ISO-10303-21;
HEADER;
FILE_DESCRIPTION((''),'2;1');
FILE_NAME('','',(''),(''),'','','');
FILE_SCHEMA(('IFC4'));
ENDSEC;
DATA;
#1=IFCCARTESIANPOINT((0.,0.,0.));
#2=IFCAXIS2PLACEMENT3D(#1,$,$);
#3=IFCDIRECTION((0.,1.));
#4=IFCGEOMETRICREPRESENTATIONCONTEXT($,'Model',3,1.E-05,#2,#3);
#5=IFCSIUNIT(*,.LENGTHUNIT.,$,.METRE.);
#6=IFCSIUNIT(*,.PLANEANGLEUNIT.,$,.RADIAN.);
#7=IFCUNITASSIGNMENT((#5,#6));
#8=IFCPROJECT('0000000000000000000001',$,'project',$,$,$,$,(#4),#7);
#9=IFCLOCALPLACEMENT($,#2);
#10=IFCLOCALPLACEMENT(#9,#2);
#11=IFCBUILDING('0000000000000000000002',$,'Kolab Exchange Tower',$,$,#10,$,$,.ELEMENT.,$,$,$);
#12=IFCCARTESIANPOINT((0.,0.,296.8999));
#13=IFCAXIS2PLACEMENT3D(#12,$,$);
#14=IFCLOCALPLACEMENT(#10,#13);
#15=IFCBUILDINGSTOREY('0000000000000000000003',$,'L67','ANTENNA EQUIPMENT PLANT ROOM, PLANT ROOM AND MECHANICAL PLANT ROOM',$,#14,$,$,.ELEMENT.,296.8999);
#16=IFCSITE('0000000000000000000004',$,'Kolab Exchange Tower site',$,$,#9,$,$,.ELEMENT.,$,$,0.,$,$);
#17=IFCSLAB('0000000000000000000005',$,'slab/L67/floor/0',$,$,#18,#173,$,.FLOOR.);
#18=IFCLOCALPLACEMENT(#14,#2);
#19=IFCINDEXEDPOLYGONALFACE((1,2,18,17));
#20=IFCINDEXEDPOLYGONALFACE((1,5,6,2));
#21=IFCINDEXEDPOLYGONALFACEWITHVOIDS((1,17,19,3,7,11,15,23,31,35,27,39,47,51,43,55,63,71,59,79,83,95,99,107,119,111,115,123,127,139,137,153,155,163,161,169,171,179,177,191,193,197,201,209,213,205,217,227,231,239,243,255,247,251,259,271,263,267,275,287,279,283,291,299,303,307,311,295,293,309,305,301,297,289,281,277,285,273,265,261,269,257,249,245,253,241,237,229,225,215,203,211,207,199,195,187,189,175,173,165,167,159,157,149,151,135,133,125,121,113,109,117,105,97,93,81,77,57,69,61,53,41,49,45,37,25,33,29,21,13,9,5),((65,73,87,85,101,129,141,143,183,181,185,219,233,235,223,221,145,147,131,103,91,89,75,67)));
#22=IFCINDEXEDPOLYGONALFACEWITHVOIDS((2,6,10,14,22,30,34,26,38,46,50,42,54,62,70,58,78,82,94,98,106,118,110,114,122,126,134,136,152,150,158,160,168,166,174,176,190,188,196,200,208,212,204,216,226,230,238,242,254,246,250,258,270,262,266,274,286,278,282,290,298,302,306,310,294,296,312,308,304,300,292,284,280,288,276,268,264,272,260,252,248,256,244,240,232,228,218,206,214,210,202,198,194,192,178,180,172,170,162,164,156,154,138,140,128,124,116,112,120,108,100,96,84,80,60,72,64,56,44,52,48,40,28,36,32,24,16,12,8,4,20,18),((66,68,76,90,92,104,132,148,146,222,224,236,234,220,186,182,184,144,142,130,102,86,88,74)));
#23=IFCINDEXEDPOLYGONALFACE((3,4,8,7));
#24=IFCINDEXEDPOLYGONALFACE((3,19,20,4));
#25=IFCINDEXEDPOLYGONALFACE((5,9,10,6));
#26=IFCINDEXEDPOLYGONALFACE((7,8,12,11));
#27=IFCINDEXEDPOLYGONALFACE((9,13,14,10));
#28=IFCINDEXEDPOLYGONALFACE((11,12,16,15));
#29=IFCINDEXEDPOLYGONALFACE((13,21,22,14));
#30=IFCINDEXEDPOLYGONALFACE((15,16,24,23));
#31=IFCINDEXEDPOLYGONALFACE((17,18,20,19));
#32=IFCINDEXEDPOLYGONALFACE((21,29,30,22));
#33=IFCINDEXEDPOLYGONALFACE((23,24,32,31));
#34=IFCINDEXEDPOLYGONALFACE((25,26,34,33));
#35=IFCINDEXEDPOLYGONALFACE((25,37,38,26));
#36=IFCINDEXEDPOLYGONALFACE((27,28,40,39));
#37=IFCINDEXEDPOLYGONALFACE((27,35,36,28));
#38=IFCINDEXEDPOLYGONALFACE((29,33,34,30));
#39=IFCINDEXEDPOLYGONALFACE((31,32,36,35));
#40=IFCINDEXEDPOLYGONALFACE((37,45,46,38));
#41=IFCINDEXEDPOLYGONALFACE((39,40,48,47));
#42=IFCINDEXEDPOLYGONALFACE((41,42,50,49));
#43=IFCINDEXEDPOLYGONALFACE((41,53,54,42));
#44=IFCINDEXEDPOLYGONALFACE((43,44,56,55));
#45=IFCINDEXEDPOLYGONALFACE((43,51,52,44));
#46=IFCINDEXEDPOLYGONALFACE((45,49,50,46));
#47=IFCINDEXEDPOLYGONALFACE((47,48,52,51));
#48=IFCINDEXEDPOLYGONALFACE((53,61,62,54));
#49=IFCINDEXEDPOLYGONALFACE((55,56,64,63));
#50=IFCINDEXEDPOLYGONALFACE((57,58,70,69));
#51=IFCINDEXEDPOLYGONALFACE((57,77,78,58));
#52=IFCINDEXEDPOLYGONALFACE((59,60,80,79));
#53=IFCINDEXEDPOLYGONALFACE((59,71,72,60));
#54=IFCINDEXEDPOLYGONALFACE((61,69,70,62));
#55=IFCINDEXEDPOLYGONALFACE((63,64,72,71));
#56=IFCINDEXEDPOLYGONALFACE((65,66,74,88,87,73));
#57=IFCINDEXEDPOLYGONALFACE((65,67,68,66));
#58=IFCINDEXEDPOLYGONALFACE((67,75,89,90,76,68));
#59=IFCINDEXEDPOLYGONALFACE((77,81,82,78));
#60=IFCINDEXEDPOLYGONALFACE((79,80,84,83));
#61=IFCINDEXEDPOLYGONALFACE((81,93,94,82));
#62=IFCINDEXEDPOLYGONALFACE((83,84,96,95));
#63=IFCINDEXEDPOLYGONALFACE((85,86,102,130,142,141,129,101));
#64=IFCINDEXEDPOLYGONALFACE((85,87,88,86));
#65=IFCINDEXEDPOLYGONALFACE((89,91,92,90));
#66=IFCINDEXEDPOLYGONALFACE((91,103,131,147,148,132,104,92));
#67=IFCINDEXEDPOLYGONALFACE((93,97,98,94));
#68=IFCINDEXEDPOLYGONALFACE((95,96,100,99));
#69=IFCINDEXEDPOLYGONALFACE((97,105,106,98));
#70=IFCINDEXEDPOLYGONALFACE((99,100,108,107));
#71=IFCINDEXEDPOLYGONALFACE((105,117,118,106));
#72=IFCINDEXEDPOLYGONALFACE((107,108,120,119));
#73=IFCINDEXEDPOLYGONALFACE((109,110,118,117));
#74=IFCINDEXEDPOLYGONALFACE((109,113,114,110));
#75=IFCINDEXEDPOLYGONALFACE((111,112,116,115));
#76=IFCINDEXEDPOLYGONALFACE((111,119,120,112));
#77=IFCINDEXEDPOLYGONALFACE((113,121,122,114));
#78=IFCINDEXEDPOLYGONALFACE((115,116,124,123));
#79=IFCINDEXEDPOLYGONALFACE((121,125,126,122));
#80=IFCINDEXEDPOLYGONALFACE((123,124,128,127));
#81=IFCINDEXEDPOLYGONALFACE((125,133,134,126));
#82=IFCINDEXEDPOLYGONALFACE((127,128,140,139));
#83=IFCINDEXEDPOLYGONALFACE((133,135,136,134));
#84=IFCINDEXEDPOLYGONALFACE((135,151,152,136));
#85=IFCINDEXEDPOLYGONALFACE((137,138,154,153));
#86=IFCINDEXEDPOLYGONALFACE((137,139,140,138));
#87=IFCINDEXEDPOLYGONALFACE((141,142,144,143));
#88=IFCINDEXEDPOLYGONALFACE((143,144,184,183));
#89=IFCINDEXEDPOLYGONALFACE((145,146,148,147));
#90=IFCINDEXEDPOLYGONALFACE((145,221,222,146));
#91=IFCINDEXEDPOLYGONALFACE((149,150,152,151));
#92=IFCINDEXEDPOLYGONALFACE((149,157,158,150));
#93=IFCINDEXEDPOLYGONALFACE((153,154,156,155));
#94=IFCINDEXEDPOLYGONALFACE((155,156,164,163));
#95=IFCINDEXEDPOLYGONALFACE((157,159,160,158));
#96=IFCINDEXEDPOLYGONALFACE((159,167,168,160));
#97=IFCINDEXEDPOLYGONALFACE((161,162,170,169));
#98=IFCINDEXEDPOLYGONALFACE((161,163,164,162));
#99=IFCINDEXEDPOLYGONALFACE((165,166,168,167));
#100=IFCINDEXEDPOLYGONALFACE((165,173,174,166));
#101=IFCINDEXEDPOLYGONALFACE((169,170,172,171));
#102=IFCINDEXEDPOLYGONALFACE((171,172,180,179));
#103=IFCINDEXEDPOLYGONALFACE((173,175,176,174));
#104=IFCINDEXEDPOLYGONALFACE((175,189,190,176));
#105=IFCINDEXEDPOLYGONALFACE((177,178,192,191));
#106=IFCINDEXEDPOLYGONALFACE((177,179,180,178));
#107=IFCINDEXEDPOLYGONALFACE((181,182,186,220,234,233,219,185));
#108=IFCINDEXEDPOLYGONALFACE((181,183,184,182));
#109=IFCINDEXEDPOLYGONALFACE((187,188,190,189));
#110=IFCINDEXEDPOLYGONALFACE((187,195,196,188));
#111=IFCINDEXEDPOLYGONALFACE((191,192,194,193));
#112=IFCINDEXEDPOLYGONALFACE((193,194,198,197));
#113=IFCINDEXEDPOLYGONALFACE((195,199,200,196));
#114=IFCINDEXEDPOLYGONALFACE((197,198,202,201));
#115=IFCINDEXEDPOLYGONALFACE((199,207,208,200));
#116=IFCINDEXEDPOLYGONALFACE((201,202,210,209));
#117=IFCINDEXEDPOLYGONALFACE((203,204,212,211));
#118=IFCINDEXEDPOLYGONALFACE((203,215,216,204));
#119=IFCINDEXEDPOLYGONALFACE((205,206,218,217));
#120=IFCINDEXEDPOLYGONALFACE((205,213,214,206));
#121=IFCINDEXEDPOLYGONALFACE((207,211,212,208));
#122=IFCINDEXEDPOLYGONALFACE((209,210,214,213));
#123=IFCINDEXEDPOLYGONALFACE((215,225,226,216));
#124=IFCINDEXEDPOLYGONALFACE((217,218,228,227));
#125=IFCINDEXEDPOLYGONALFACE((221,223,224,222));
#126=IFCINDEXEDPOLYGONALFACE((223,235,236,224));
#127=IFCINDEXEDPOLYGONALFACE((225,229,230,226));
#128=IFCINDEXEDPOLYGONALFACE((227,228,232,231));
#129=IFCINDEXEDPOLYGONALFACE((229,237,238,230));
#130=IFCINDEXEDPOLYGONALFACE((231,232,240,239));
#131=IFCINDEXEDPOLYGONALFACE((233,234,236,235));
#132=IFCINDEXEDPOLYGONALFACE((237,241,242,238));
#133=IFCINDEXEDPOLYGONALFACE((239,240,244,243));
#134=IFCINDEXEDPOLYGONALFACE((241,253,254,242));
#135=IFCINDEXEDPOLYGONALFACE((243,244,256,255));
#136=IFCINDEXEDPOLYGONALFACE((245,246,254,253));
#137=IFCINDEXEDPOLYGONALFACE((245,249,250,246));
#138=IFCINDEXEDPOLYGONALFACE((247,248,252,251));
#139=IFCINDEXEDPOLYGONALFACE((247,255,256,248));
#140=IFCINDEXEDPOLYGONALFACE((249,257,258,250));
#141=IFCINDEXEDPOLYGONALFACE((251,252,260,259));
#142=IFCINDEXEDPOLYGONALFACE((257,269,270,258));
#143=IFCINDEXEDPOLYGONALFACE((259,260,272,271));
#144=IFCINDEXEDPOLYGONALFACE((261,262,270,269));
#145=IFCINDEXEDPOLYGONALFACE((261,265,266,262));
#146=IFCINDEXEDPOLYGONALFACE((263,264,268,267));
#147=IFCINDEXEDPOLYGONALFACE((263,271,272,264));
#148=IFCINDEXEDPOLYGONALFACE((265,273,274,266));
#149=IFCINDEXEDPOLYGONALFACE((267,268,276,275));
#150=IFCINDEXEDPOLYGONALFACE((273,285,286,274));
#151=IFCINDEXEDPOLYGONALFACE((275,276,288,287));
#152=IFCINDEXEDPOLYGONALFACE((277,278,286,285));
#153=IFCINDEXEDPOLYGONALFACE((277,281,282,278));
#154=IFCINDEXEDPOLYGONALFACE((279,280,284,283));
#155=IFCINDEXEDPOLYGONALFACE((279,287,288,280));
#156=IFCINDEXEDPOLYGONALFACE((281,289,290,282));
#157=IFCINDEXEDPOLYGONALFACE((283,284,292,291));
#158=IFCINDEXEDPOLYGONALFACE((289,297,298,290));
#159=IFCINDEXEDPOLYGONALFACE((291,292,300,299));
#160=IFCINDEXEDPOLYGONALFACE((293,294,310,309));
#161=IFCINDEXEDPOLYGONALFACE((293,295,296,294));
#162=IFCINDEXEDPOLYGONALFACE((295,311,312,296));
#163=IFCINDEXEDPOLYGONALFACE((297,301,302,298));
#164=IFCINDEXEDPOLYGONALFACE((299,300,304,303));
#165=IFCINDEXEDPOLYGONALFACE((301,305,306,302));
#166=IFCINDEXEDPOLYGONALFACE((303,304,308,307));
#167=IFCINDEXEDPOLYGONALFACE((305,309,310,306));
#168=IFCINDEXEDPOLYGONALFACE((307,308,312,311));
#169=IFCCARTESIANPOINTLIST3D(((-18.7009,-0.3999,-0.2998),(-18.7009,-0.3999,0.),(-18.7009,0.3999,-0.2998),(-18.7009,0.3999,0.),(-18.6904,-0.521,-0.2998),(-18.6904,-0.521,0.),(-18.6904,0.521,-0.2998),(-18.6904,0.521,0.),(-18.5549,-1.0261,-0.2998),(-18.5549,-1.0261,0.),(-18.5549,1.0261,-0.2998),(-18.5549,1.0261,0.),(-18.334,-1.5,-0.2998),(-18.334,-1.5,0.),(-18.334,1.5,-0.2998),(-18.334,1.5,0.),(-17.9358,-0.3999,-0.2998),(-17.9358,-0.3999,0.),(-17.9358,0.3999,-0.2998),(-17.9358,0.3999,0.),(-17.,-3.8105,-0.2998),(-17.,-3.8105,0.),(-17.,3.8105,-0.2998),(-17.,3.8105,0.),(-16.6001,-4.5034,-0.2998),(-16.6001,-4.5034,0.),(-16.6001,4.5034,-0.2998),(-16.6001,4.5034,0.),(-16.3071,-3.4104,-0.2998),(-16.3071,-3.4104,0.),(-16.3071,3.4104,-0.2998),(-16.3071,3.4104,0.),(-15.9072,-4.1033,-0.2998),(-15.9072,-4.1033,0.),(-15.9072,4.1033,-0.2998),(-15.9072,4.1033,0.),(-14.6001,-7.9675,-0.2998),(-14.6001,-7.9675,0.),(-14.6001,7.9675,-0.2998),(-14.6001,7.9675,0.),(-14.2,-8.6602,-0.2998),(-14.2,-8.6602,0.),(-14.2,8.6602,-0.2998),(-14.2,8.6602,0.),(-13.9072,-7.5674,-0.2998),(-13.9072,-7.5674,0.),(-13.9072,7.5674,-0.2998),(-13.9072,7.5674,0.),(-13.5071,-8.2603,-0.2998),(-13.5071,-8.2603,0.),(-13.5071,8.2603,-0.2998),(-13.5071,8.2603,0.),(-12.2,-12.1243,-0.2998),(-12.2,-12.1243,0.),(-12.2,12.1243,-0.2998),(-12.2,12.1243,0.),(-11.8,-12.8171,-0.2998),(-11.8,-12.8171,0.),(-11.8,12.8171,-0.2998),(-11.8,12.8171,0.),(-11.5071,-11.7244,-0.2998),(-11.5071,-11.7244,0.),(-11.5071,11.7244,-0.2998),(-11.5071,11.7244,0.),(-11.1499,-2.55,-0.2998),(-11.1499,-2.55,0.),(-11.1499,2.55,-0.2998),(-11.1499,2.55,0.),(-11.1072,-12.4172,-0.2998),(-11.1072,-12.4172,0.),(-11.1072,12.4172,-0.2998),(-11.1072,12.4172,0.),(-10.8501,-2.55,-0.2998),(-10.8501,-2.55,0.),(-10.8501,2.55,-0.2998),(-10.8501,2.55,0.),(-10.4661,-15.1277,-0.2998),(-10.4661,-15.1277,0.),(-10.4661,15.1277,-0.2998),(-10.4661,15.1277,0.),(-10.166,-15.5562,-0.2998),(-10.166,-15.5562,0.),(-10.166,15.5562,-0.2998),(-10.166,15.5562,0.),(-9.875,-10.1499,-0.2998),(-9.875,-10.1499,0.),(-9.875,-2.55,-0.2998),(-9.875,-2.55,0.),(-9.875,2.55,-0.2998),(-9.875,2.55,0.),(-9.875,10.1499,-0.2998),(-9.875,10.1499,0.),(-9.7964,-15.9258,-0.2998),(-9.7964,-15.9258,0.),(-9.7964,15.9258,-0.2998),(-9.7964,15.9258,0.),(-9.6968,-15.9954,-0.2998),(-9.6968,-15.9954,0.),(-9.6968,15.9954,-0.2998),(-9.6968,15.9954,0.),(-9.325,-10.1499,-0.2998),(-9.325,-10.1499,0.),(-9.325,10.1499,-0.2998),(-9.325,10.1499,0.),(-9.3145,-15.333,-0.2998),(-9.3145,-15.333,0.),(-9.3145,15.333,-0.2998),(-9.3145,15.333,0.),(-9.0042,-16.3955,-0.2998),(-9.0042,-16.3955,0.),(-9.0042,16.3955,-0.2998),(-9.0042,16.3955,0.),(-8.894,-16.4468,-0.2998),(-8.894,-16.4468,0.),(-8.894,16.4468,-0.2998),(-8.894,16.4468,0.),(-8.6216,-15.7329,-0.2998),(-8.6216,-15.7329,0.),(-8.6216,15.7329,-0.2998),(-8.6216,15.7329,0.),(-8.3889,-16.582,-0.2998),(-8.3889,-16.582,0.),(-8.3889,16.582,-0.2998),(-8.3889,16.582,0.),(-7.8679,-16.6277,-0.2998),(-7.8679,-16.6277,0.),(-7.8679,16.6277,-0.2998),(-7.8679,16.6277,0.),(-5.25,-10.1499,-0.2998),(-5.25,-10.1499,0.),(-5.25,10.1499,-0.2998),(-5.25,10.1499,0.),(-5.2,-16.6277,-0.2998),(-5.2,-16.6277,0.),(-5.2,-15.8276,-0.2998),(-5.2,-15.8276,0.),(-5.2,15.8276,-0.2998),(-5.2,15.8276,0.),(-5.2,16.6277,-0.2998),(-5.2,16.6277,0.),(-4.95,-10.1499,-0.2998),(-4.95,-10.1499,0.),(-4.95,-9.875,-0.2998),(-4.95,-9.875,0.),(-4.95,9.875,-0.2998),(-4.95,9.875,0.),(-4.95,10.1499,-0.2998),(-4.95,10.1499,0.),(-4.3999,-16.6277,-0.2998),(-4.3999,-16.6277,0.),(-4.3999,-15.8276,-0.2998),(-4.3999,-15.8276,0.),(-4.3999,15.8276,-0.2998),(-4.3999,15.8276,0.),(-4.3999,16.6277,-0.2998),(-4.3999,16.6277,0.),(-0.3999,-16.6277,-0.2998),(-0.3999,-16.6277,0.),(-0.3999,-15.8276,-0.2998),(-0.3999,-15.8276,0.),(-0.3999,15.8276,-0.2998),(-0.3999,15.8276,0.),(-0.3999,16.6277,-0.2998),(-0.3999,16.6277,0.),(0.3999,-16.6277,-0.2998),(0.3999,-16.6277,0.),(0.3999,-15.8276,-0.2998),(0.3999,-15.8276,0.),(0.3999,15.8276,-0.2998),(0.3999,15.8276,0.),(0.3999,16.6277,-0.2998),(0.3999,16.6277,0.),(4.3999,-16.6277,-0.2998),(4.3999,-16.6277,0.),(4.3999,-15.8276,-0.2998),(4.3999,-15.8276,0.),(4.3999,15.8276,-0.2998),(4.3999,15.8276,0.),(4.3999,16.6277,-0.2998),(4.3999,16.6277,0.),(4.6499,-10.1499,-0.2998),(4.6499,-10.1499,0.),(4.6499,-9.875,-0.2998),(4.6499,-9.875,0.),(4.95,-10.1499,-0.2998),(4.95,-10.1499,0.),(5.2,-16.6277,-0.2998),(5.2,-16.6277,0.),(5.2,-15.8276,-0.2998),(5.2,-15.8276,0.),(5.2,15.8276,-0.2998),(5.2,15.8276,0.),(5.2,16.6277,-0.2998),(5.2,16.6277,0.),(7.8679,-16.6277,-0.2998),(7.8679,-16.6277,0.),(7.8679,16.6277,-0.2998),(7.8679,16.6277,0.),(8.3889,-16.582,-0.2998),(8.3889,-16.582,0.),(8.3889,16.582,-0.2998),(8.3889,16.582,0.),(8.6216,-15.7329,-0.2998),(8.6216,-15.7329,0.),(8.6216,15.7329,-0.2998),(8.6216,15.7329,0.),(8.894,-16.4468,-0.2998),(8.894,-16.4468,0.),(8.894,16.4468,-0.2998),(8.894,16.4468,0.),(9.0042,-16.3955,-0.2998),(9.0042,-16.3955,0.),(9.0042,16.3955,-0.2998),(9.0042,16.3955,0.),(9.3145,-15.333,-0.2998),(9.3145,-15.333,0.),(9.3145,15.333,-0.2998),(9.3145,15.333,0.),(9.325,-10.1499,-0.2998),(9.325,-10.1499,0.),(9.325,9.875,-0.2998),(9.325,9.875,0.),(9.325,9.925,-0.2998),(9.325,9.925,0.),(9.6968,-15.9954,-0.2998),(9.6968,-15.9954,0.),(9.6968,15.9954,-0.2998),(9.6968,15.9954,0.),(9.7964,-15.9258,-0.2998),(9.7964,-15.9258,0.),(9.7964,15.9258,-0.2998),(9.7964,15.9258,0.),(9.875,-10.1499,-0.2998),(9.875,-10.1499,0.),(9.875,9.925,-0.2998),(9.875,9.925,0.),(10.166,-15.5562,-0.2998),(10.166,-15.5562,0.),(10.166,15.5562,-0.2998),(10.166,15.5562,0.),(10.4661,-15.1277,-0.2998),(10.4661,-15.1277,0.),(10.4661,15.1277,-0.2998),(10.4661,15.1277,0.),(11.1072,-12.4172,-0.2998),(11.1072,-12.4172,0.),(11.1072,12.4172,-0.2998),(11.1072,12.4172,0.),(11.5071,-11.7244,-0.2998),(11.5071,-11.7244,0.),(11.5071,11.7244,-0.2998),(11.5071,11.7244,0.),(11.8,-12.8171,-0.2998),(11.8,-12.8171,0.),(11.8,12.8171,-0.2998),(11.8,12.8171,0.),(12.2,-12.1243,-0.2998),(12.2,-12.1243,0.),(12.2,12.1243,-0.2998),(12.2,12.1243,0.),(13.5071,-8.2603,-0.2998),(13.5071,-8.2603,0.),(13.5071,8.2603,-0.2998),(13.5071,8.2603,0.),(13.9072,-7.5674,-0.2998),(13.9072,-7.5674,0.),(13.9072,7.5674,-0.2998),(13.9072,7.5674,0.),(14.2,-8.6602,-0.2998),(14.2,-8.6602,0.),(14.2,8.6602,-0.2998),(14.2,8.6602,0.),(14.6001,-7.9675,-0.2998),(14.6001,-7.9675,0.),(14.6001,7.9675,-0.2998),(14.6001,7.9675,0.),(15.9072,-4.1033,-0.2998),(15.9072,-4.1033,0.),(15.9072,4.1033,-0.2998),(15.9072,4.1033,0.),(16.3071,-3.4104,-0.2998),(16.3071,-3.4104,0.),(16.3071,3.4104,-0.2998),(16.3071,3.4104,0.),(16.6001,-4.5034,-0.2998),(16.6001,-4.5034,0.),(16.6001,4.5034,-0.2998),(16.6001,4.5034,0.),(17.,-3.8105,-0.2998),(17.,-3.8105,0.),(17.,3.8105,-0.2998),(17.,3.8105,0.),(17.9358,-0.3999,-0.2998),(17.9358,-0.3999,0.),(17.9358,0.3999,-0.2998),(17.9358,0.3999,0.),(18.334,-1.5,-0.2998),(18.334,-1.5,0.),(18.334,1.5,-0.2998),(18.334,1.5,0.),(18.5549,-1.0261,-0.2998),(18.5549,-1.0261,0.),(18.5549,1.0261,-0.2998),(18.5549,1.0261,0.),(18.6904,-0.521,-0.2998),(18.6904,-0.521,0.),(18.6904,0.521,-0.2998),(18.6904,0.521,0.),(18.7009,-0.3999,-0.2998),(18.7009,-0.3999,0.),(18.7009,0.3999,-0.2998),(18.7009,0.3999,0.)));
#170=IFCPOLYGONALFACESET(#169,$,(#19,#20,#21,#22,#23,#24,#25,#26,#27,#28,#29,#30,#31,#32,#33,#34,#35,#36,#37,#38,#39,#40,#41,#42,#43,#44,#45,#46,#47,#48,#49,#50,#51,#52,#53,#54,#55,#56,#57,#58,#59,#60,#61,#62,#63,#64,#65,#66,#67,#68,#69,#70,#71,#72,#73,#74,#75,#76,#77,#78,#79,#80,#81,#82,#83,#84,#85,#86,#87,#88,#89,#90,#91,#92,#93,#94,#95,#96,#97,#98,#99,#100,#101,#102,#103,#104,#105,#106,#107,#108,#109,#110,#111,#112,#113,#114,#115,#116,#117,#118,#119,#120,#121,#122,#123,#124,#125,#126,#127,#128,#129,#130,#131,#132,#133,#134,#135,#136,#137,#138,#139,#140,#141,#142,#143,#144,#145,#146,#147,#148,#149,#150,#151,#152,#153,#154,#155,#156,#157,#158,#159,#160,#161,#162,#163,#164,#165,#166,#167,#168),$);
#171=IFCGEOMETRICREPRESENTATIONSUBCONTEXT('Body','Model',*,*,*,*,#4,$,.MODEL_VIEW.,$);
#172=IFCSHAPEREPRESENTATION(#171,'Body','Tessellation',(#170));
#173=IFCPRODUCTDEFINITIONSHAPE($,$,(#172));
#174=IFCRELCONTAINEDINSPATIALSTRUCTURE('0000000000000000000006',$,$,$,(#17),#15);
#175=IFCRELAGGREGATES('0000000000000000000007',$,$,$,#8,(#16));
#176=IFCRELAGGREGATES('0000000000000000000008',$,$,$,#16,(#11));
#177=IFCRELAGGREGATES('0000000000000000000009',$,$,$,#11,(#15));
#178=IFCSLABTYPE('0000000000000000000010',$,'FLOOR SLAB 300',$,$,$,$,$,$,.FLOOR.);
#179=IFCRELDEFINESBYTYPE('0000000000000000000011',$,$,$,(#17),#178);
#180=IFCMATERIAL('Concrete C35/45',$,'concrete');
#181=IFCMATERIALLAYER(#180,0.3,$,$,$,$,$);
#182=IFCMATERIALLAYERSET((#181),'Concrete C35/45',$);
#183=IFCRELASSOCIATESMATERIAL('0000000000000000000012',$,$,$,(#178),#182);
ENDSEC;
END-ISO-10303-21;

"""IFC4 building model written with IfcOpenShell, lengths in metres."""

from ifc_helpers import new_model, si_unit, direction, frame, origin, place, context, subcontext, project, spatial, polyline, outline, extrude, material, layer, layer_set, type_object, element, save


model = new_model("IFC4")

# Units and contexts
model_context = context("Model", 3, precision=1e-05, world=origin(), true_north=direction((0.0, 1.0)))
body_context = subcontext(model_context, "Body", "Model", "MODEL_VIEW")
ifc_project = project(units=[si_unit("LENGTHUNIT", "METRE"), si_unit("PLANEANGLEUNIT", "RADIAN")], contexts=[model_context])

# Site, building, storey
site_placement = place(None, origin())
site = spatial("IfcSite", under=ifc_project, at=site_placement, Name="Kolab Exchange Tower site", CompositionType="ELEMENT", RefElevation=0.0)
building_placement = place(site_placement, origin())
building = spatial("IfcBuilding", under=site, at=building_placement, Name="Kolab Exchange Tower", CompositionType="ELEMENT")
storey_placement = place(building_placement, frame((0.0, 0.0, 296.8999)))
storey = spatial("IfcBuildingStorey", under=building, at=storey_placement, Name="L67", Description="ANTENNA EQUIPMENT PLANT ROOM, PLANT ROOM AND MECHANICAL PLANT ROOM", CompositionType="ELEMENT", Elevation=296.8999)

# Slab
ifc_material_1 = material(Name="Concrete C35/45", Category="concrete")
ifc_layer_1 = layer(ifc_material_1, 0.3)
ifc_layer_set_1 = layer_set([ifc_layer_1], Name="Concrete C35/45")
slab_type = type_object("IfcSlabType", Name="FLOOR SLAB 300", PredefinedType="FLOOR", material=ifc_layer_set_1)
slab_1_placement = place(storey_placement, frame((0.0, 0.0, -0.2998)))
element("IfcSlab", 1, at=slab_1_placement, inside=storey, type_object=slab_type, Name="slab/L67/floor/0", PredefinedType="FLOOR", context=body_context, shape_type="SweptSolid", body=[
    extrude(outline(polyline([(18.6904, -0.521), (18.7009, -0.3999), (17.9358, -0.3999), (17.9358, 0.3999), (18.7009, 0.3999), (18.6904, 0.521), (18.5549, 1.0261), (18.334, 1.5), (17.0, 3.8105), (16.3071, 3.4104), (15.9072, 4.1033), (16.6001, 4.5034), (14.6001, 7.9675), (13.9072, 7.5674), (13.5071, 8.2603), (14.2, 8.6602), (12.2, 12.1243), (11.5071, 11.7244), (11.1072, 12.4172), (11.8, 12.8171), (10.4661, 15.1277), (10.166, 15.5562), (9.7964, 15.9258), (9.6968, 15.9954), (9.3145, 15.333), (8.6216, 15.7329), (9.0042, 16.3955), (8.894, 16.4468), (8.3889, 16.582), (7.8679, 16.6277), (5.2, 16.6277), (5.2, 15.8276), (4.3999, 15.8276), (4.3999, 16.6277), (0.3999, 16.6277), (0.3999, 15.8276), (-0.3999, 15.8276), (-0.3999, 16.6277), (-4.3999, 16.6277), (-4.3999, 15.8276), (-5.2, 15.8276), (-5.2, 16.6277), (-7.8679, 16.6277), (-8.3889, 16.582), (-8.894, 16.4468), (-9.0042, 16.3955), (-8.6216, 15.7329), (-9.3145, 15.333), (-9.6968, 15.9954), (-9.7964, 15.9258), (-10.166, 15.5562), (-10.4661, 15.1277), (-11.8, 12.8171), (-11.1072, 12.4172), (-11.5071, 11.7244), (-12.2, 12.1243), (-14.2, 8.6602), (-13.5071, 8.2603), (-13.9072, 7.5674), (-14.6001, 7.9675), (-16.6001, 4.5034), (-15.9072, 4.1033), (-16.3071, 3.4104), (-17.0, 3.8105), (-18.334, 1.5), (-18.5549, 1.0261), (-18.6904, 0.521), (-18.7009, 0.3999), (-17.9358, 0.3999), (-17.9358, -0.3999), (-18.7009, -0.3999), (-18.6904, -0.521), (-18.5549, -1.0261), (-18.334, -1.5), (-17.0, -3.8105), (-16.3071, -3.4104), (-15.9072, -4.1033), (-16.6001, -4.5034), (-14.6001, -7.9675), (-13.9072, -7.5674), (-13.5071, -8.2603), (-14.2, -8.6602), (-12.2, -12.1243), (-11.5071, -11.7244), (-11.1072, -12.4172), (-11.8, -12.8171), (-10.4661, -15.1277), (-10.166, -15.5562), (-9.7964, -15.9258), (-9.6968, -15.9954), (-9.3145, -15.333), (-8.6216, -15.7329), (-9.0042, -16.3955), (-8.894, -16.4468), (-8.3889, -16.582), (-7.8679, -16.6277), (-5.2, -16.6277), (-5.2, -15.8276), (-4.3999, -15.8276), (-4.3999, -16.6277), (-0.3999, -16.6277), (-0.3999, -15.8276), (0.3999, -15.8276), (0.3999, -16.6277), (4.3999, -16.6277), (4.3999, -15.8276), (5.2, -15.8276), (5.2, -16.6277), (7.8679, -16.6277), (8.3889, -16.582), (8.894, -16.4468), (9.0042, -16.3955), (8.6216, -15.7329), (9.3145, -15.333), (9.6968, -15.9954), (9.7964, -15.9258), (10.166, -15.5562), (10.4661, -15.1277), (11.8, -12.8171), (11.1072, -12.4172), (11.5071, -11.7244), (12.2, -12.1243), (14.2, -8.6602), (13.5071, -8.2603), (13.9072, -7.5674), (14.6001, -7.9675), (16.6001, -4.5034), (15.9072, -4.1033), (16.3071, -3.4104), (17.0, -3.8105), (18.334, -1.5), (18.5549, -1.0261), (18.6904, -0.521)]), holes=[polyline([(-9.875, -2.55), (-10.8501, -2.55), (-11.1499, -2.55), (-11.1499, 2.55), (-10.8501, 2.55), (-9.875, 2.55), (-9.875, 10.1499), (-9.325, 10.1499), (-5.25, 10.1499), (-4.95, 10.1499), (-4.95, 9.875), (9.325, 9.875), (9.325, 9.925), (9.875, 9.925), (9.875, -10.1499), (9.325, -10.1499), (4.95, -10.1499), (4.6499, -10.1499), (4.6499, -9.875), (-4.95, -9.875), (-4.95, -10.1499), (-5.25, -10.1499), (-9.325, -10.1499), (-9.875, -10.1499), (-9.875, -2.55)])]), origin(), (0.0, 0.0, 1.0), 0.2998),
])

save(model, "model.ifc")
